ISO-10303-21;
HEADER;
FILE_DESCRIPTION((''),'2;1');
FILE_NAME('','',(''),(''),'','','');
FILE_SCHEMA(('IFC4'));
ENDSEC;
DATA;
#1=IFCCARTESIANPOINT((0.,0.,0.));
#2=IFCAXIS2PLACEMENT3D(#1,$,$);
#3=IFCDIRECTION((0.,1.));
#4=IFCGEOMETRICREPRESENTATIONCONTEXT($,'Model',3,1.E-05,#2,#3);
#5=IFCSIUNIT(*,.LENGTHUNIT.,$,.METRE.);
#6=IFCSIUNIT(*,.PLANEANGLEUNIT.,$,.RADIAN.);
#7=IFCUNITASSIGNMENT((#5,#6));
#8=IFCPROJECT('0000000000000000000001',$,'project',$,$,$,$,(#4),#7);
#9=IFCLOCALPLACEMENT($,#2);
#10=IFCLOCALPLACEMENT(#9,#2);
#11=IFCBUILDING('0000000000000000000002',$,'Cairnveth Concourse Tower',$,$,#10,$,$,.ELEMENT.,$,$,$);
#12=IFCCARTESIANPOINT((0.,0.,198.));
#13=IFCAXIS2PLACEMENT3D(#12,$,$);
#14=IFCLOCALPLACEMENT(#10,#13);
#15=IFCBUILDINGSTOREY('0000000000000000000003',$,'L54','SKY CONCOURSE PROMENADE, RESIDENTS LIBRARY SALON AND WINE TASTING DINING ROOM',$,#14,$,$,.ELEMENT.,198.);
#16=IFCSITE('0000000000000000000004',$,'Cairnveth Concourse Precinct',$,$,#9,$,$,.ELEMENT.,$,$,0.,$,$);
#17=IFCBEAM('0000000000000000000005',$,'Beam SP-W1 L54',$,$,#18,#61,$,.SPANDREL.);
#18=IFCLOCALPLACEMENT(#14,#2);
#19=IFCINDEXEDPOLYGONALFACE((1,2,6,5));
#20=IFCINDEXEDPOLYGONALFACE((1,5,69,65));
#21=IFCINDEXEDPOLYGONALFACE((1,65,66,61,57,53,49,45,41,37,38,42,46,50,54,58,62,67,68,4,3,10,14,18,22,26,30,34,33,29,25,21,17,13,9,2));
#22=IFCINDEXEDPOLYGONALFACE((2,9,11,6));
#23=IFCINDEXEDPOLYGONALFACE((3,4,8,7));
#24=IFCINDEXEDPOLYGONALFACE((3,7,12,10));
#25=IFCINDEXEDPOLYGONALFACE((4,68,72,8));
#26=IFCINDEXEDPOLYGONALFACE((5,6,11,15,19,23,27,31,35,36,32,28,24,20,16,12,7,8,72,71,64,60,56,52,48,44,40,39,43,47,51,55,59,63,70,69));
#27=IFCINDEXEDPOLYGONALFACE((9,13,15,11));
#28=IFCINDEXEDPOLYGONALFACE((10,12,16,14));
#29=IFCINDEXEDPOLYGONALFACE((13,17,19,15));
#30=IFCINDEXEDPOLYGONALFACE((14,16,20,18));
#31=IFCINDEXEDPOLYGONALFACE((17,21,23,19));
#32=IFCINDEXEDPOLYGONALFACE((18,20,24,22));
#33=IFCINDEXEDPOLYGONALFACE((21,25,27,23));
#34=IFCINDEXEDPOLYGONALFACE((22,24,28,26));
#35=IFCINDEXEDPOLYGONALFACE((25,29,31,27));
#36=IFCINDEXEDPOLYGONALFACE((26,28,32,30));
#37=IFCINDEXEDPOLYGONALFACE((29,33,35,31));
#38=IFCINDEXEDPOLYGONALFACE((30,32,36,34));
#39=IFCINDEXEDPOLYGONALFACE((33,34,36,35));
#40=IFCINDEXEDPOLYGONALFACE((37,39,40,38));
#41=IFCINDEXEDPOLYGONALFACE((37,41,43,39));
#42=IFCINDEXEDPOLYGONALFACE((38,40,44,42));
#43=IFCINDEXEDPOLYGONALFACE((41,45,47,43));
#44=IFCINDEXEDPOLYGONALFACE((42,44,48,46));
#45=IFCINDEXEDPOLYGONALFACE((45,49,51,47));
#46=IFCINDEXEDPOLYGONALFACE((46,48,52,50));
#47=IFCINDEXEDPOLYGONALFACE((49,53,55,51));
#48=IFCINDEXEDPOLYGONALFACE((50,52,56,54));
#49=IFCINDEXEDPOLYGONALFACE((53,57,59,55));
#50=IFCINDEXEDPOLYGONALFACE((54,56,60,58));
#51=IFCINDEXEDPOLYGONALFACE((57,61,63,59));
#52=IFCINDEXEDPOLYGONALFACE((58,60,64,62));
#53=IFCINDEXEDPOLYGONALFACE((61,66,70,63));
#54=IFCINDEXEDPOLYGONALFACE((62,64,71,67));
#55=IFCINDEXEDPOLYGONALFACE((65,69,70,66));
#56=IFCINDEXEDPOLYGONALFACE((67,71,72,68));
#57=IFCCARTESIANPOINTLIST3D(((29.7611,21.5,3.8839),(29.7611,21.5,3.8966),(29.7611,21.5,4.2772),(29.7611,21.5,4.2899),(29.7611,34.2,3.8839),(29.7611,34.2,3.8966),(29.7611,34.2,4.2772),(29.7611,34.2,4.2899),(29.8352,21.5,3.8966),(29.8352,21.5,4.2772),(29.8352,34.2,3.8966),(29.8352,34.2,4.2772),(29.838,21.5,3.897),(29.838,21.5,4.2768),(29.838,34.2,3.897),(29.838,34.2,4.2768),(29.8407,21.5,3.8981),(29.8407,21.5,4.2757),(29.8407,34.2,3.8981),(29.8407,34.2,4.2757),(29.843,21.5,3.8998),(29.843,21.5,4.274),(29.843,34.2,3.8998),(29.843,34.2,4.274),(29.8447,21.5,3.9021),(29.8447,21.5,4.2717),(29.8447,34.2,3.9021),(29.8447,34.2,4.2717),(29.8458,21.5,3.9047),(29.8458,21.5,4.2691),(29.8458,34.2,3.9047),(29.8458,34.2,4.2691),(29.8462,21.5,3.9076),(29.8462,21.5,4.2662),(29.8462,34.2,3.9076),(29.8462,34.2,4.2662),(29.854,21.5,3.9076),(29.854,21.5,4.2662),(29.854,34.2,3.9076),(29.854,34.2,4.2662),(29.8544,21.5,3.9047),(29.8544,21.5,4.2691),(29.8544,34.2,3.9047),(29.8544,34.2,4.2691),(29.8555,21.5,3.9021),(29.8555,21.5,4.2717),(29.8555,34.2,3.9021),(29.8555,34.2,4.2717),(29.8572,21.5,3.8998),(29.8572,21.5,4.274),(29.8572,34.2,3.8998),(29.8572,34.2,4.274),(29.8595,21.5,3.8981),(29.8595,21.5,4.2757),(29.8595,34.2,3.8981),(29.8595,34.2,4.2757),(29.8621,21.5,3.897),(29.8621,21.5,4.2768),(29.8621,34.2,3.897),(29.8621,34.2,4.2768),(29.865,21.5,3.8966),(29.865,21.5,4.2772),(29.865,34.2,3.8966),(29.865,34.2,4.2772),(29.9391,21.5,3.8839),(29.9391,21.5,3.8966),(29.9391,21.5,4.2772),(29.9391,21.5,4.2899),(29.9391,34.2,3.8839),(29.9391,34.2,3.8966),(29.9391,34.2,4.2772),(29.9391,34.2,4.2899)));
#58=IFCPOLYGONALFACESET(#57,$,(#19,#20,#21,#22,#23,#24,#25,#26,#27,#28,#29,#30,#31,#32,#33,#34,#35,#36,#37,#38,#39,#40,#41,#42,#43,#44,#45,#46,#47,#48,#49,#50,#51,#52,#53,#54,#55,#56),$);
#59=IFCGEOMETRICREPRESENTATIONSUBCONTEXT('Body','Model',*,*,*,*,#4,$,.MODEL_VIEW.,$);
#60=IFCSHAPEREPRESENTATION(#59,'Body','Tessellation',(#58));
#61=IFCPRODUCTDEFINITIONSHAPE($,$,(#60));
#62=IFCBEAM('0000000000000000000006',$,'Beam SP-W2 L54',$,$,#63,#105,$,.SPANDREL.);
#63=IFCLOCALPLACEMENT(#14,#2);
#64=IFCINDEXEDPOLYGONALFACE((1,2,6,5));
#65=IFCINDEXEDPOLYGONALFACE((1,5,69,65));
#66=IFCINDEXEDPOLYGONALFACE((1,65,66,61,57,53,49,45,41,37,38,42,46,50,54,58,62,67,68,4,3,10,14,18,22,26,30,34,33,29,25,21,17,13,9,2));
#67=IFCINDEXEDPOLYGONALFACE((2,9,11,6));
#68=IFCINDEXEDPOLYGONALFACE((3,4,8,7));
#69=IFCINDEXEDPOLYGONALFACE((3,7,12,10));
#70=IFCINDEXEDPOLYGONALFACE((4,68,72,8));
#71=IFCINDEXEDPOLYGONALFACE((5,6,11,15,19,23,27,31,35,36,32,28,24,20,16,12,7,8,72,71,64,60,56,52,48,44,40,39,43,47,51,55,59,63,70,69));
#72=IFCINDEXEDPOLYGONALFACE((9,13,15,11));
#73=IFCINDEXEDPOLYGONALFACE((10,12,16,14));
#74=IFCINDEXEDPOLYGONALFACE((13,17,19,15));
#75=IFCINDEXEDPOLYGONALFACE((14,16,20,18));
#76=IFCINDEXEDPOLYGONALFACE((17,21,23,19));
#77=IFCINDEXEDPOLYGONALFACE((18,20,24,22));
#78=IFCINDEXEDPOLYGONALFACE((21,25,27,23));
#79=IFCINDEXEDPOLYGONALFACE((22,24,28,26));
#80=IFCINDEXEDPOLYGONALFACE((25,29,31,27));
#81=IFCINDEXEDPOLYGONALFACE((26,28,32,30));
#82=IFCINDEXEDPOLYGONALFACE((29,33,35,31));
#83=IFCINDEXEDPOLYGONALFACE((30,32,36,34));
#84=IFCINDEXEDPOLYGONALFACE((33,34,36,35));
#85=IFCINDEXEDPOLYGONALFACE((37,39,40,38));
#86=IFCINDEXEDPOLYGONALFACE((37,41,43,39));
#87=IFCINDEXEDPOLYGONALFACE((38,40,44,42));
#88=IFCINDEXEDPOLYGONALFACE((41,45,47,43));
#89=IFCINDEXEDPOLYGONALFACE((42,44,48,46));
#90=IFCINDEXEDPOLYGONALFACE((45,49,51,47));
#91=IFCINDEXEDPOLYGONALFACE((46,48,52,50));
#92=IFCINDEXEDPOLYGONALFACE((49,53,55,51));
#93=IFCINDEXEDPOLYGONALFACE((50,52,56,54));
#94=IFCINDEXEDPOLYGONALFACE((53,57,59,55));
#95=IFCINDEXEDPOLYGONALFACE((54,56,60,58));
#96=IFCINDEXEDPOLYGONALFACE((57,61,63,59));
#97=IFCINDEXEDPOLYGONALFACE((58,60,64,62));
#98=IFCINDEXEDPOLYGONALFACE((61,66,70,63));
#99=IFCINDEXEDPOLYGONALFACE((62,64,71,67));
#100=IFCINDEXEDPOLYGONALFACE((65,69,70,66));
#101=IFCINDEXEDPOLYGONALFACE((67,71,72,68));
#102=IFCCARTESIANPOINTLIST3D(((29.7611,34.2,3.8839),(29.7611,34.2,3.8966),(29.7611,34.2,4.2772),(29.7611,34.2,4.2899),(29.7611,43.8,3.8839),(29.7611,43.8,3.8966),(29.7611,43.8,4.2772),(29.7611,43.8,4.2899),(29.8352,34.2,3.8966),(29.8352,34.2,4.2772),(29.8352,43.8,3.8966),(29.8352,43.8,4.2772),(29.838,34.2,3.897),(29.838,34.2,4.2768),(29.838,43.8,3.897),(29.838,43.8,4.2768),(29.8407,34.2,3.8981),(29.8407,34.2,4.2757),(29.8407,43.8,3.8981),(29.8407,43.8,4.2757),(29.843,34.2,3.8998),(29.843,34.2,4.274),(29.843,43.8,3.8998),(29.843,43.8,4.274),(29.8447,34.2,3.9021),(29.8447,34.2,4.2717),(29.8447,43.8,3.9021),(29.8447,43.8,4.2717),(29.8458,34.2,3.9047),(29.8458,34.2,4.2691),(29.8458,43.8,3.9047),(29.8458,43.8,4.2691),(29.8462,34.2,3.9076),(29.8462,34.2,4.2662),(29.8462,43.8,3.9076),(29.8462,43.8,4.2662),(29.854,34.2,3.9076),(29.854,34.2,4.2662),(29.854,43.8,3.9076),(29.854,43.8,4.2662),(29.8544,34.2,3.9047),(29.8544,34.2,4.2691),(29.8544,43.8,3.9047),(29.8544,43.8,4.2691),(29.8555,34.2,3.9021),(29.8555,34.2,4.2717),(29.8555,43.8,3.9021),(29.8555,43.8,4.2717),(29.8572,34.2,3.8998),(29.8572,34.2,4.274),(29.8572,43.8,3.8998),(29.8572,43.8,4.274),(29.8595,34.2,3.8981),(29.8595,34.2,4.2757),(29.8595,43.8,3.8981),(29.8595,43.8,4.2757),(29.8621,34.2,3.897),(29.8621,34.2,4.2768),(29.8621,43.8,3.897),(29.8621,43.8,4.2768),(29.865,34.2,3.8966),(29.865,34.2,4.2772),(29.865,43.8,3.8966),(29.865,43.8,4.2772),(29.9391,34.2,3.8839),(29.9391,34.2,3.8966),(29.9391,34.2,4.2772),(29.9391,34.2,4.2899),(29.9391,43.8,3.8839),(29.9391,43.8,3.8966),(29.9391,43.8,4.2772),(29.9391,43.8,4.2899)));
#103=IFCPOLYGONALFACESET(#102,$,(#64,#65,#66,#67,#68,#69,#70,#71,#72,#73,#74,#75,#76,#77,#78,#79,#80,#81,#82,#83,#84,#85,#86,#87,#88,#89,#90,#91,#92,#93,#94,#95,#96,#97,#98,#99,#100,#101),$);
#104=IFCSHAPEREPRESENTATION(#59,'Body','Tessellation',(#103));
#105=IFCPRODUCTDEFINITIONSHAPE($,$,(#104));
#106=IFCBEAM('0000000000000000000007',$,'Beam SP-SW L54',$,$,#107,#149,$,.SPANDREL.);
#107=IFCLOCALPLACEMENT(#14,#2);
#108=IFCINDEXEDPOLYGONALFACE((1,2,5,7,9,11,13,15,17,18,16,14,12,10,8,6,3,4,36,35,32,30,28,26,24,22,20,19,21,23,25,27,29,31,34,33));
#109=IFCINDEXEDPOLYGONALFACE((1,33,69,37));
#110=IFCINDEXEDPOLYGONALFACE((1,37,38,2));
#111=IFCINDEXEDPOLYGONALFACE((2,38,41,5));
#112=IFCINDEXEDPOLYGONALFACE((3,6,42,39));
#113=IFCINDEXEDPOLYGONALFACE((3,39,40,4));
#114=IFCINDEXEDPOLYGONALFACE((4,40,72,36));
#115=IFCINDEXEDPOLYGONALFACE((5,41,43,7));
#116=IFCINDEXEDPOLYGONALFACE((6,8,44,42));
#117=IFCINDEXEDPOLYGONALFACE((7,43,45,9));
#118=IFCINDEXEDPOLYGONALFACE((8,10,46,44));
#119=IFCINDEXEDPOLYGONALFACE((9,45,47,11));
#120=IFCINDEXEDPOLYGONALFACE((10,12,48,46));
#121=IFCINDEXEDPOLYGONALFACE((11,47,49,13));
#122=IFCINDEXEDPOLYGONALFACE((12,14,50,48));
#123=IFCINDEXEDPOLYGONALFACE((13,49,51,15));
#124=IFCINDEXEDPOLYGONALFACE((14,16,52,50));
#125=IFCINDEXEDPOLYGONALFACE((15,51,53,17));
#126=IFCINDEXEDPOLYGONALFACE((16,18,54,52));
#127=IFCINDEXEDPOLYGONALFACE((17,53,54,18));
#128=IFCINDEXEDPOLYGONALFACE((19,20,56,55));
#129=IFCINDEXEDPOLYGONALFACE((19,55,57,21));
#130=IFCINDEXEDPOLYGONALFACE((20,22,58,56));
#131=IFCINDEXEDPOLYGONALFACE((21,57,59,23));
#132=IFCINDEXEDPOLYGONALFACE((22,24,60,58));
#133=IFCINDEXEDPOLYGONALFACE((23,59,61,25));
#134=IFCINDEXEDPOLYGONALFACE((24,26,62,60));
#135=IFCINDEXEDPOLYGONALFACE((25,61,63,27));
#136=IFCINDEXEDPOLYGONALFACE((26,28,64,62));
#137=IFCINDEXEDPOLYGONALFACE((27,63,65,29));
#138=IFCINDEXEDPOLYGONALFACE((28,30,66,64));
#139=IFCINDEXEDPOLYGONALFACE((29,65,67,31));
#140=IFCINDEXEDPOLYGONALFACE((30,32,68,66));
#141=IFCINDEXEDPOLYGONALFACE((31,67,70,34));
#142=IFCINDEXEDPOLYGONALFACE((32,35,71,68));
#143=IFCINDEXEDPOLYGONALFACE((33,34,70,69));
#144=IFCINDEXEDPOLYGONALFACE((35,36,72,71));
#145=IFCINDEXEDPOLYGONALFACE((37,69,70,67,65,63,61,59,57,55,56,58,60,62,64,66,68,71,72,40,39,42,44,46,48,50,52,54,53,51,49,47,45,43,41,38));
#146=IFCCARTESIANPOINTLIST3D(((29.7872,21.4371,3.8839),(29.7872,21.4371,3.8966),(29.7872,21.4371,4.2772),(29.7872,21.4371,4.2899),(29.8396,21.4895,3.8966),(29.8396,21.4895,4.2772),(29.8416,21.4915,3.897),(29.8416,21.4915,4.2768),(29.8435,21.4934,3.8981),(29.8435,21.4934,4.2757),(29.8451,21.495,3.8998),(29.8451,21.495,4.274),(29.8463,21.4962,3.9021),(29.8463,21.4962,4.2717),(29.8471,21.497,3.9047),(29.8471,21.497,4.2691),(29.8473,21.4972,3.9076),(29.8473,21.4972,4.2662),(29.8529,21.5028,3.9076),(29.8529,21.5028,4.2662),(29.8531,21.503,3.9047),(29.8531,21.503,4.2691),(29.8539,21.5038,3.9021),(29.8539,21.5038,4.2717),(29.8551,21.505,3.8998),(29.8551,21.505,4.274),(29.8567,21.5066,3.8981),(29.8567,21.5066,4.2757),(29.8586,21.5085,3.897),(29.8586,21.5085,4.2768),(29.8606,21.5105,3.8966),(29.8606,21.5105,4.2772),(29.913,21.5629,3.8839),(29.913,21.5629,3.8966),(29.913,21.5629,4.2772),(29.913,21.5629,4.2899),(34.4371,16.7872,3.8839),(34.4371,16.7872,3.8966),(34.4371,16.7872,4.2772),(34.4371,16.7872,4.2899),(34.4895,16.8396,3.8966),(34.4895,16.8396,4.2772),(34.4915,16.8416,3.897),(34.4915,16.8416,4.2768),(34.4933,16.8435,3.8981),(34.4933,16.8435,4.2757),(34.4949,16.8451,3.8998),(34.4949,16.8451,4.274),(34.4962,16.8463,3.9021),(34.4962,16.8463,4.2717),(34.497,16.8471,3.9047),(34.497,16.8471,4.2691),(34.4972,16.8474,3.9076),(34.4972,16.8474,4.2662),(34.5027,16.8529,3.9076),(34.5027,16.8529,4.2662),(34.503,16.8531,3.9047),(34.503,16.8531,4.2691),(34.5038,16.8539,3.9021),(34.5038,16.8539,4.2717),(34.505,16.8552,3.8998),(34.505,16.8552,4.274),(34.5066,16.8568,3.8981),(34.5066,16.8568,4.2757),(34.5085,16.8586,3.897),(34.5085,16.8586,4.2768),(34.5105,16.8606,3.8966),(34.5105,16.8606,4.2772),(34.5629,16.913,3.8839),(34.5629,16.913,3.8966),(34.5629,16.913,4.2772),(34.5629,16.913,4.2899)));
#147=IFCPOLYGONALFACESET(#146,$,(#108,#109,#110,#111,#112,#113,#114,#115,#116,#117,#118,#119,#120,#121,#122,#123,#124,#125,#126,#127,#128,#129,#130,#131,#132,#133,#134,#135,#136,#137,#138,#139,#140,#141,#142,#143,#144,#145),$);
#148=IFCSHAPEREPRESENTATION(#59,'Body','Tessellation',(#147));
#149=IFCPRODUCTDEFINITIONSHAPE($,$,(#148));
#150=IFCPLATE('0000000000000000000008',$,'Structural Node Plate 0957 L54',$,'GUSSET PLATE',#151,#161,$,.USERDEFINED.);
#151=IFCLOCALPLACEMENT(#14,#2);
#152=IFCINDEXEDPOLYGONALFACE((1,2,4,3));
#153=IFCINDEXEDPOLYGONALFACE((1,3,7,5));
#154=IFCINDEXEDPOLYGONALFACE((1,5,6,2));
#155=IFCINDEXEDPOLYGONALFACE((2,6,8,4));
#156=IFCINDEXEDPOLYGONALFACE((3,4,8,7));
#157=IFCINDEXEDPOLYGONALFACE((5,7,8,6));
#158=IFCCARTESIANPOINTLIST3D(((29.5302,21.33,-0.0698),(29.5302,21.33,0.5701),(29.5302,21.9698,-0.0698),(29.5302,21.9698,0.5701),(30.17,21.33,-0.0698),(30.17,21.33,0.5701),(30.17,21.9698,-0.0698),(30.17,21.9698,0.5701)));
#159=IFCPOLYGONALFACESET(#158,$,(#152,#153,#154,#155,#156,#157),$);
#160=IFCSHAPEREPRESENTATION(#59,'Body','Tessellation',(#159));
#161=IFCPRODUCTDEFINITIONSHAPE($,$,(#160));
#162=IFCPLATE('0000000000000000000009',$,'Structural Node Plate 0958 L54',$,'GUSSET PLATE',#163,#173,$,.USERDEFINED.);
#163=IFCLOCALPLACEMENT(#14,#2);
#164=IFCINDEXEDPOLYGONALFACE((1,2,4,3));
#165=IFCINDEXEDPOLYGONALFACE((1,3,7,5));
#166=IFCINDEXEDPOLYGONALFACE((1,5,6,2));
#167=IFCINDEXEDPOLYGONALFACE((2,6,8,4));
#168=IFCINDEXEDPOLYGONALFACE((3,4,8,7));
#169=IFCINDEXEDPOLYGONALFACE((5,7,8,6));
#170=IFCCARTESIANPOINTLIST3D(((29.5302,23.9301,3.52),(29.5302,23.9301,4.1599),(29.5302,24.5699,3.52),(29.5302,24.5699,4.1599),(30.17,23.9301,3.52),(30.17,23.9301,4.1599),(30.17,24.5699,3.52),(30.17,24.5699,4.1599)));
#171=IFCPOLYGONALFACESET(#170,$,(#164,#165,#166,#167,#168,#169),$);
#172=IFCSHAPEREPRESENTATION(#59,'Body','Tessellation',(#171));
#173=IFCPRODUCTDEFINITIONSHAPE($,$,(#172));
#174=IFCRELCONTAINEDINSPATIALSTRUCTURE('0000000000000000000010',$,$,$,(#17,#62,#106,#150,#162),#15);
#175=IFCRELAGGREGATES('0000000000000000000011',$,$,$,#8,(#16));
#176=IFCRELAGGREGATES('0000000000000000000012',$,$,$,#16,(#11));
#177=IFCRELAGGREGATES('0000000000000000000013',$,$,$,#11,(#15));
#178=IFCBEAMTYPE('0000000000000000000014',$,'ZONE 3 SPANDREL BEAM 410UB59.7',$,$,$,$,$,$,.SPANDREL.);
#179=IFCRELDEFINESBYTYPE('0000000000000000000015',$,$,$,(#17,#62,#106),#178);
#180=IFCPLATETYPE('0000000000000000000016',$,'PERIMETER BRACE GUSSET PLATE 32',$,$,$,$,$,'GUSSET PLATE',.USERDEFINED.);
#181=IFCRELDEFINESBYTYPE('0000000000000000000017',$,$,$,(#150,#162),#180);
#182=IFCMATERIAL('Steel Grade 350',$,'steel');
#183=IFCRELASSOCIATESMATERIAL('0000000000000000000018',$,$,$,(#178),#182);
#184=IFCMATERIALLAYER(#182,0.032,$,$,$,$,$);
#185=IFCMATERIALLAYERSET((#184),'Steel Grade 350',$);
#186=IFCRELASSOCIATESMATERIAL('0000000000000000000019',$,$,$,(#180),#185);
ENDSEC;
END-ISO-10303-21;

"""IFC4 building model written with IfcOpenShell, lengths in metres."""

from ifc_helpers import new_model, si_unit, direction, frame, origin, origin_2d, place, context, subcontext, project, spatial, rectangle, i_section, extrude, material, layer, layer_set, material_profile, profile_set, type_object, element, save


model = new_model("IFC4")

# Units and contexts
model_context = context("Model", 3, precision=1e-05, world=origin(), true_north=direction((0.0, 1.0)))
body_context = subcontext(model_context, "Body", "Model", "MODEL_VIEW")
ifc_project = project(units=[si_unit("LENGTHUNIT", "METRE"), si_unit("PLANEANGLEUNIT", "RADIAN")], contexts=[model_context])

# Site, building, storey
site_placement = place(None, origin())
site = spatial("IfcSite", under=ifc_project, at=site_placement, Name="Cairnveth Concourse Precinct", CompositionType="ELEMENT", RefElevation=0.0)
building_placement = place(site_placement, origin())
building = spatial("IfcBuilding", under=site, at=building_placement, Name="Cairnveth Concourse Tower", CompositionType="ELEMENT")
storey_placement = place(building_placement, frame((0.0, 0.0, 198.0)))
storey = spatial("IfcBuildingStorey", under=building, at=storey_placement, Name="L54", Description="SKY CONCOURSE PROMENADE, RESIDENTS LIBRARY SALON AND WINE TASTING DINING ROOM", CompositionType="ELEMENT", Elevation=198.0)

# Shared definitions
ifc_material_1 = material(Name="Steel Grade 350", Category="steel")

# Beams
ifc_material_profile_1 = material_profile(ifc_material_1, i_section(OverallWidth=0.178, OverallDepth=0.406, WebThickness=0.0078, FlangeThickness=0.0127, FilletRadius=0.011, at=origin_2d()), Name="410UB59.7")
ifc_profile_set_1 = profile_set([ifc_material_profile_1], Name="Steel Grade 350")
beam_type_1 = type_object("IfcBeamType", Name="ZONE 3 SPANDREL BEAM 410UB59.7", PredefinedType="SPANDREL", material=ifc_profile_set_1)
beam_1_placement = place(storey_placement, frame((29.8501, 21.5, 4.0869), z_axis=(0.0, 1.0, 0.0), x_axis=(-1.0, 0.0, 0.0)))
element("IfcBeam", 1, at=beam_1_placement, inside=storey, type_object=beam_type_1, Name="Beam SP-W1 L54", PredefinedType="SPANDREL", context=body_context, shape_type="SweptSolid", body=[
    extrude(i_section(OverallWidth=0.178, OverallDepth=0.406, WebThickness=0.0078, FlangeThickness=0.0127, FilletRadius=0.011, at=origin_2d()), origin(), (0.0, 0.0, 1.0), 12.7),
])
beam_2_placement = place(storey_placement, frame((29.8501, 34.2, 4.0869), z_axis=(0.0, 1.0, 0.0), x_axis=(-1.0, 0.0, 0.0)))
element("IfcBeam", 2, at=beam_2_placement, inside=storey, type_object=beam_type_1, Name="Beam SP-W2 L54", PredefinedType="SPANDREL", context=body_context, shape_type="SweptSolid", body=[
    extrude(i_section(OverallWidth=0.178, OverallDepth=0.406, WebThickness=0.0078, FlangeThickness=0.0127, FilletRadius=0.011, at=origin_2d()), origin(), (0.0, 0.0, 1.0), 9.6001),
])
beam_3_placement = place(storey_placement, frame((29.8501, 21.5, 4.0869), z_axis=(0.707107, -0.707107, 0.0), x_axis=(0.707107, 0.707107, 0.0)))
element("IfcBeam", 3, at=beam_3_placement, inside=storey, type_object=beam_type_1, Name="Beam SP-SW L54", PredefinedType="SPANDREL", context=body_context, shape_type="SweptSolid", body=[
    extrude(i_section(OverallWidth=0.178, OverallDepth=0.406, WebThickness=0.0078, FlangeThickness=0.0127, FilletRadius=0.011, at=origin_2d()), origin(), (0.0, 0.0, 1.0), 6.5759),
])

# Plates
ifc_layer_1 = layer(ifc_material_1, 0.032)
ifc_layer_set_1 = layer_set([ifc_layer_1], Name="Steel Grade 350")
plate_type = type_object("IfcPlateType", Name="PERIMETER BRACE GUSSET PLATE 32", ElementType="GUSSET PLATE", PredefinedType="USERDEFINED", material=ifc_layer_set_1)
for number, where, z_axis, x_axis, name in (
    (4, (29.8501, 21.6499, -0.0698), (0.0, 0.0, 1.0), (1.0, 0.0, 0.0), "Structural Node Plate 0957 L54"),
    (5, (29.8501, 24.25, 3.52), (0.0, 0.0, 1.0), (1.0, 0.0, 0.0), "Structural Node Plate 0958 L54"),
):
    element("IfcPlate", number, at=place(storey_placement, frame(where, z_axis=z_axis, x_axis=x_axis)), inside=storey, type_object=plate_type, Name=name, ObjectType="GUSSET PLATE", PredefinedType="USERDEFINED", context=body_context, shape_type="SweptSolid", body=[
        extrude(rectangle(XDim=0.6399, YDim=0.6399, at=origin_2d()), origin(), (0.0, 0.0, 1.0), 0.6399),
    ])

save(model, "model.ifc")
